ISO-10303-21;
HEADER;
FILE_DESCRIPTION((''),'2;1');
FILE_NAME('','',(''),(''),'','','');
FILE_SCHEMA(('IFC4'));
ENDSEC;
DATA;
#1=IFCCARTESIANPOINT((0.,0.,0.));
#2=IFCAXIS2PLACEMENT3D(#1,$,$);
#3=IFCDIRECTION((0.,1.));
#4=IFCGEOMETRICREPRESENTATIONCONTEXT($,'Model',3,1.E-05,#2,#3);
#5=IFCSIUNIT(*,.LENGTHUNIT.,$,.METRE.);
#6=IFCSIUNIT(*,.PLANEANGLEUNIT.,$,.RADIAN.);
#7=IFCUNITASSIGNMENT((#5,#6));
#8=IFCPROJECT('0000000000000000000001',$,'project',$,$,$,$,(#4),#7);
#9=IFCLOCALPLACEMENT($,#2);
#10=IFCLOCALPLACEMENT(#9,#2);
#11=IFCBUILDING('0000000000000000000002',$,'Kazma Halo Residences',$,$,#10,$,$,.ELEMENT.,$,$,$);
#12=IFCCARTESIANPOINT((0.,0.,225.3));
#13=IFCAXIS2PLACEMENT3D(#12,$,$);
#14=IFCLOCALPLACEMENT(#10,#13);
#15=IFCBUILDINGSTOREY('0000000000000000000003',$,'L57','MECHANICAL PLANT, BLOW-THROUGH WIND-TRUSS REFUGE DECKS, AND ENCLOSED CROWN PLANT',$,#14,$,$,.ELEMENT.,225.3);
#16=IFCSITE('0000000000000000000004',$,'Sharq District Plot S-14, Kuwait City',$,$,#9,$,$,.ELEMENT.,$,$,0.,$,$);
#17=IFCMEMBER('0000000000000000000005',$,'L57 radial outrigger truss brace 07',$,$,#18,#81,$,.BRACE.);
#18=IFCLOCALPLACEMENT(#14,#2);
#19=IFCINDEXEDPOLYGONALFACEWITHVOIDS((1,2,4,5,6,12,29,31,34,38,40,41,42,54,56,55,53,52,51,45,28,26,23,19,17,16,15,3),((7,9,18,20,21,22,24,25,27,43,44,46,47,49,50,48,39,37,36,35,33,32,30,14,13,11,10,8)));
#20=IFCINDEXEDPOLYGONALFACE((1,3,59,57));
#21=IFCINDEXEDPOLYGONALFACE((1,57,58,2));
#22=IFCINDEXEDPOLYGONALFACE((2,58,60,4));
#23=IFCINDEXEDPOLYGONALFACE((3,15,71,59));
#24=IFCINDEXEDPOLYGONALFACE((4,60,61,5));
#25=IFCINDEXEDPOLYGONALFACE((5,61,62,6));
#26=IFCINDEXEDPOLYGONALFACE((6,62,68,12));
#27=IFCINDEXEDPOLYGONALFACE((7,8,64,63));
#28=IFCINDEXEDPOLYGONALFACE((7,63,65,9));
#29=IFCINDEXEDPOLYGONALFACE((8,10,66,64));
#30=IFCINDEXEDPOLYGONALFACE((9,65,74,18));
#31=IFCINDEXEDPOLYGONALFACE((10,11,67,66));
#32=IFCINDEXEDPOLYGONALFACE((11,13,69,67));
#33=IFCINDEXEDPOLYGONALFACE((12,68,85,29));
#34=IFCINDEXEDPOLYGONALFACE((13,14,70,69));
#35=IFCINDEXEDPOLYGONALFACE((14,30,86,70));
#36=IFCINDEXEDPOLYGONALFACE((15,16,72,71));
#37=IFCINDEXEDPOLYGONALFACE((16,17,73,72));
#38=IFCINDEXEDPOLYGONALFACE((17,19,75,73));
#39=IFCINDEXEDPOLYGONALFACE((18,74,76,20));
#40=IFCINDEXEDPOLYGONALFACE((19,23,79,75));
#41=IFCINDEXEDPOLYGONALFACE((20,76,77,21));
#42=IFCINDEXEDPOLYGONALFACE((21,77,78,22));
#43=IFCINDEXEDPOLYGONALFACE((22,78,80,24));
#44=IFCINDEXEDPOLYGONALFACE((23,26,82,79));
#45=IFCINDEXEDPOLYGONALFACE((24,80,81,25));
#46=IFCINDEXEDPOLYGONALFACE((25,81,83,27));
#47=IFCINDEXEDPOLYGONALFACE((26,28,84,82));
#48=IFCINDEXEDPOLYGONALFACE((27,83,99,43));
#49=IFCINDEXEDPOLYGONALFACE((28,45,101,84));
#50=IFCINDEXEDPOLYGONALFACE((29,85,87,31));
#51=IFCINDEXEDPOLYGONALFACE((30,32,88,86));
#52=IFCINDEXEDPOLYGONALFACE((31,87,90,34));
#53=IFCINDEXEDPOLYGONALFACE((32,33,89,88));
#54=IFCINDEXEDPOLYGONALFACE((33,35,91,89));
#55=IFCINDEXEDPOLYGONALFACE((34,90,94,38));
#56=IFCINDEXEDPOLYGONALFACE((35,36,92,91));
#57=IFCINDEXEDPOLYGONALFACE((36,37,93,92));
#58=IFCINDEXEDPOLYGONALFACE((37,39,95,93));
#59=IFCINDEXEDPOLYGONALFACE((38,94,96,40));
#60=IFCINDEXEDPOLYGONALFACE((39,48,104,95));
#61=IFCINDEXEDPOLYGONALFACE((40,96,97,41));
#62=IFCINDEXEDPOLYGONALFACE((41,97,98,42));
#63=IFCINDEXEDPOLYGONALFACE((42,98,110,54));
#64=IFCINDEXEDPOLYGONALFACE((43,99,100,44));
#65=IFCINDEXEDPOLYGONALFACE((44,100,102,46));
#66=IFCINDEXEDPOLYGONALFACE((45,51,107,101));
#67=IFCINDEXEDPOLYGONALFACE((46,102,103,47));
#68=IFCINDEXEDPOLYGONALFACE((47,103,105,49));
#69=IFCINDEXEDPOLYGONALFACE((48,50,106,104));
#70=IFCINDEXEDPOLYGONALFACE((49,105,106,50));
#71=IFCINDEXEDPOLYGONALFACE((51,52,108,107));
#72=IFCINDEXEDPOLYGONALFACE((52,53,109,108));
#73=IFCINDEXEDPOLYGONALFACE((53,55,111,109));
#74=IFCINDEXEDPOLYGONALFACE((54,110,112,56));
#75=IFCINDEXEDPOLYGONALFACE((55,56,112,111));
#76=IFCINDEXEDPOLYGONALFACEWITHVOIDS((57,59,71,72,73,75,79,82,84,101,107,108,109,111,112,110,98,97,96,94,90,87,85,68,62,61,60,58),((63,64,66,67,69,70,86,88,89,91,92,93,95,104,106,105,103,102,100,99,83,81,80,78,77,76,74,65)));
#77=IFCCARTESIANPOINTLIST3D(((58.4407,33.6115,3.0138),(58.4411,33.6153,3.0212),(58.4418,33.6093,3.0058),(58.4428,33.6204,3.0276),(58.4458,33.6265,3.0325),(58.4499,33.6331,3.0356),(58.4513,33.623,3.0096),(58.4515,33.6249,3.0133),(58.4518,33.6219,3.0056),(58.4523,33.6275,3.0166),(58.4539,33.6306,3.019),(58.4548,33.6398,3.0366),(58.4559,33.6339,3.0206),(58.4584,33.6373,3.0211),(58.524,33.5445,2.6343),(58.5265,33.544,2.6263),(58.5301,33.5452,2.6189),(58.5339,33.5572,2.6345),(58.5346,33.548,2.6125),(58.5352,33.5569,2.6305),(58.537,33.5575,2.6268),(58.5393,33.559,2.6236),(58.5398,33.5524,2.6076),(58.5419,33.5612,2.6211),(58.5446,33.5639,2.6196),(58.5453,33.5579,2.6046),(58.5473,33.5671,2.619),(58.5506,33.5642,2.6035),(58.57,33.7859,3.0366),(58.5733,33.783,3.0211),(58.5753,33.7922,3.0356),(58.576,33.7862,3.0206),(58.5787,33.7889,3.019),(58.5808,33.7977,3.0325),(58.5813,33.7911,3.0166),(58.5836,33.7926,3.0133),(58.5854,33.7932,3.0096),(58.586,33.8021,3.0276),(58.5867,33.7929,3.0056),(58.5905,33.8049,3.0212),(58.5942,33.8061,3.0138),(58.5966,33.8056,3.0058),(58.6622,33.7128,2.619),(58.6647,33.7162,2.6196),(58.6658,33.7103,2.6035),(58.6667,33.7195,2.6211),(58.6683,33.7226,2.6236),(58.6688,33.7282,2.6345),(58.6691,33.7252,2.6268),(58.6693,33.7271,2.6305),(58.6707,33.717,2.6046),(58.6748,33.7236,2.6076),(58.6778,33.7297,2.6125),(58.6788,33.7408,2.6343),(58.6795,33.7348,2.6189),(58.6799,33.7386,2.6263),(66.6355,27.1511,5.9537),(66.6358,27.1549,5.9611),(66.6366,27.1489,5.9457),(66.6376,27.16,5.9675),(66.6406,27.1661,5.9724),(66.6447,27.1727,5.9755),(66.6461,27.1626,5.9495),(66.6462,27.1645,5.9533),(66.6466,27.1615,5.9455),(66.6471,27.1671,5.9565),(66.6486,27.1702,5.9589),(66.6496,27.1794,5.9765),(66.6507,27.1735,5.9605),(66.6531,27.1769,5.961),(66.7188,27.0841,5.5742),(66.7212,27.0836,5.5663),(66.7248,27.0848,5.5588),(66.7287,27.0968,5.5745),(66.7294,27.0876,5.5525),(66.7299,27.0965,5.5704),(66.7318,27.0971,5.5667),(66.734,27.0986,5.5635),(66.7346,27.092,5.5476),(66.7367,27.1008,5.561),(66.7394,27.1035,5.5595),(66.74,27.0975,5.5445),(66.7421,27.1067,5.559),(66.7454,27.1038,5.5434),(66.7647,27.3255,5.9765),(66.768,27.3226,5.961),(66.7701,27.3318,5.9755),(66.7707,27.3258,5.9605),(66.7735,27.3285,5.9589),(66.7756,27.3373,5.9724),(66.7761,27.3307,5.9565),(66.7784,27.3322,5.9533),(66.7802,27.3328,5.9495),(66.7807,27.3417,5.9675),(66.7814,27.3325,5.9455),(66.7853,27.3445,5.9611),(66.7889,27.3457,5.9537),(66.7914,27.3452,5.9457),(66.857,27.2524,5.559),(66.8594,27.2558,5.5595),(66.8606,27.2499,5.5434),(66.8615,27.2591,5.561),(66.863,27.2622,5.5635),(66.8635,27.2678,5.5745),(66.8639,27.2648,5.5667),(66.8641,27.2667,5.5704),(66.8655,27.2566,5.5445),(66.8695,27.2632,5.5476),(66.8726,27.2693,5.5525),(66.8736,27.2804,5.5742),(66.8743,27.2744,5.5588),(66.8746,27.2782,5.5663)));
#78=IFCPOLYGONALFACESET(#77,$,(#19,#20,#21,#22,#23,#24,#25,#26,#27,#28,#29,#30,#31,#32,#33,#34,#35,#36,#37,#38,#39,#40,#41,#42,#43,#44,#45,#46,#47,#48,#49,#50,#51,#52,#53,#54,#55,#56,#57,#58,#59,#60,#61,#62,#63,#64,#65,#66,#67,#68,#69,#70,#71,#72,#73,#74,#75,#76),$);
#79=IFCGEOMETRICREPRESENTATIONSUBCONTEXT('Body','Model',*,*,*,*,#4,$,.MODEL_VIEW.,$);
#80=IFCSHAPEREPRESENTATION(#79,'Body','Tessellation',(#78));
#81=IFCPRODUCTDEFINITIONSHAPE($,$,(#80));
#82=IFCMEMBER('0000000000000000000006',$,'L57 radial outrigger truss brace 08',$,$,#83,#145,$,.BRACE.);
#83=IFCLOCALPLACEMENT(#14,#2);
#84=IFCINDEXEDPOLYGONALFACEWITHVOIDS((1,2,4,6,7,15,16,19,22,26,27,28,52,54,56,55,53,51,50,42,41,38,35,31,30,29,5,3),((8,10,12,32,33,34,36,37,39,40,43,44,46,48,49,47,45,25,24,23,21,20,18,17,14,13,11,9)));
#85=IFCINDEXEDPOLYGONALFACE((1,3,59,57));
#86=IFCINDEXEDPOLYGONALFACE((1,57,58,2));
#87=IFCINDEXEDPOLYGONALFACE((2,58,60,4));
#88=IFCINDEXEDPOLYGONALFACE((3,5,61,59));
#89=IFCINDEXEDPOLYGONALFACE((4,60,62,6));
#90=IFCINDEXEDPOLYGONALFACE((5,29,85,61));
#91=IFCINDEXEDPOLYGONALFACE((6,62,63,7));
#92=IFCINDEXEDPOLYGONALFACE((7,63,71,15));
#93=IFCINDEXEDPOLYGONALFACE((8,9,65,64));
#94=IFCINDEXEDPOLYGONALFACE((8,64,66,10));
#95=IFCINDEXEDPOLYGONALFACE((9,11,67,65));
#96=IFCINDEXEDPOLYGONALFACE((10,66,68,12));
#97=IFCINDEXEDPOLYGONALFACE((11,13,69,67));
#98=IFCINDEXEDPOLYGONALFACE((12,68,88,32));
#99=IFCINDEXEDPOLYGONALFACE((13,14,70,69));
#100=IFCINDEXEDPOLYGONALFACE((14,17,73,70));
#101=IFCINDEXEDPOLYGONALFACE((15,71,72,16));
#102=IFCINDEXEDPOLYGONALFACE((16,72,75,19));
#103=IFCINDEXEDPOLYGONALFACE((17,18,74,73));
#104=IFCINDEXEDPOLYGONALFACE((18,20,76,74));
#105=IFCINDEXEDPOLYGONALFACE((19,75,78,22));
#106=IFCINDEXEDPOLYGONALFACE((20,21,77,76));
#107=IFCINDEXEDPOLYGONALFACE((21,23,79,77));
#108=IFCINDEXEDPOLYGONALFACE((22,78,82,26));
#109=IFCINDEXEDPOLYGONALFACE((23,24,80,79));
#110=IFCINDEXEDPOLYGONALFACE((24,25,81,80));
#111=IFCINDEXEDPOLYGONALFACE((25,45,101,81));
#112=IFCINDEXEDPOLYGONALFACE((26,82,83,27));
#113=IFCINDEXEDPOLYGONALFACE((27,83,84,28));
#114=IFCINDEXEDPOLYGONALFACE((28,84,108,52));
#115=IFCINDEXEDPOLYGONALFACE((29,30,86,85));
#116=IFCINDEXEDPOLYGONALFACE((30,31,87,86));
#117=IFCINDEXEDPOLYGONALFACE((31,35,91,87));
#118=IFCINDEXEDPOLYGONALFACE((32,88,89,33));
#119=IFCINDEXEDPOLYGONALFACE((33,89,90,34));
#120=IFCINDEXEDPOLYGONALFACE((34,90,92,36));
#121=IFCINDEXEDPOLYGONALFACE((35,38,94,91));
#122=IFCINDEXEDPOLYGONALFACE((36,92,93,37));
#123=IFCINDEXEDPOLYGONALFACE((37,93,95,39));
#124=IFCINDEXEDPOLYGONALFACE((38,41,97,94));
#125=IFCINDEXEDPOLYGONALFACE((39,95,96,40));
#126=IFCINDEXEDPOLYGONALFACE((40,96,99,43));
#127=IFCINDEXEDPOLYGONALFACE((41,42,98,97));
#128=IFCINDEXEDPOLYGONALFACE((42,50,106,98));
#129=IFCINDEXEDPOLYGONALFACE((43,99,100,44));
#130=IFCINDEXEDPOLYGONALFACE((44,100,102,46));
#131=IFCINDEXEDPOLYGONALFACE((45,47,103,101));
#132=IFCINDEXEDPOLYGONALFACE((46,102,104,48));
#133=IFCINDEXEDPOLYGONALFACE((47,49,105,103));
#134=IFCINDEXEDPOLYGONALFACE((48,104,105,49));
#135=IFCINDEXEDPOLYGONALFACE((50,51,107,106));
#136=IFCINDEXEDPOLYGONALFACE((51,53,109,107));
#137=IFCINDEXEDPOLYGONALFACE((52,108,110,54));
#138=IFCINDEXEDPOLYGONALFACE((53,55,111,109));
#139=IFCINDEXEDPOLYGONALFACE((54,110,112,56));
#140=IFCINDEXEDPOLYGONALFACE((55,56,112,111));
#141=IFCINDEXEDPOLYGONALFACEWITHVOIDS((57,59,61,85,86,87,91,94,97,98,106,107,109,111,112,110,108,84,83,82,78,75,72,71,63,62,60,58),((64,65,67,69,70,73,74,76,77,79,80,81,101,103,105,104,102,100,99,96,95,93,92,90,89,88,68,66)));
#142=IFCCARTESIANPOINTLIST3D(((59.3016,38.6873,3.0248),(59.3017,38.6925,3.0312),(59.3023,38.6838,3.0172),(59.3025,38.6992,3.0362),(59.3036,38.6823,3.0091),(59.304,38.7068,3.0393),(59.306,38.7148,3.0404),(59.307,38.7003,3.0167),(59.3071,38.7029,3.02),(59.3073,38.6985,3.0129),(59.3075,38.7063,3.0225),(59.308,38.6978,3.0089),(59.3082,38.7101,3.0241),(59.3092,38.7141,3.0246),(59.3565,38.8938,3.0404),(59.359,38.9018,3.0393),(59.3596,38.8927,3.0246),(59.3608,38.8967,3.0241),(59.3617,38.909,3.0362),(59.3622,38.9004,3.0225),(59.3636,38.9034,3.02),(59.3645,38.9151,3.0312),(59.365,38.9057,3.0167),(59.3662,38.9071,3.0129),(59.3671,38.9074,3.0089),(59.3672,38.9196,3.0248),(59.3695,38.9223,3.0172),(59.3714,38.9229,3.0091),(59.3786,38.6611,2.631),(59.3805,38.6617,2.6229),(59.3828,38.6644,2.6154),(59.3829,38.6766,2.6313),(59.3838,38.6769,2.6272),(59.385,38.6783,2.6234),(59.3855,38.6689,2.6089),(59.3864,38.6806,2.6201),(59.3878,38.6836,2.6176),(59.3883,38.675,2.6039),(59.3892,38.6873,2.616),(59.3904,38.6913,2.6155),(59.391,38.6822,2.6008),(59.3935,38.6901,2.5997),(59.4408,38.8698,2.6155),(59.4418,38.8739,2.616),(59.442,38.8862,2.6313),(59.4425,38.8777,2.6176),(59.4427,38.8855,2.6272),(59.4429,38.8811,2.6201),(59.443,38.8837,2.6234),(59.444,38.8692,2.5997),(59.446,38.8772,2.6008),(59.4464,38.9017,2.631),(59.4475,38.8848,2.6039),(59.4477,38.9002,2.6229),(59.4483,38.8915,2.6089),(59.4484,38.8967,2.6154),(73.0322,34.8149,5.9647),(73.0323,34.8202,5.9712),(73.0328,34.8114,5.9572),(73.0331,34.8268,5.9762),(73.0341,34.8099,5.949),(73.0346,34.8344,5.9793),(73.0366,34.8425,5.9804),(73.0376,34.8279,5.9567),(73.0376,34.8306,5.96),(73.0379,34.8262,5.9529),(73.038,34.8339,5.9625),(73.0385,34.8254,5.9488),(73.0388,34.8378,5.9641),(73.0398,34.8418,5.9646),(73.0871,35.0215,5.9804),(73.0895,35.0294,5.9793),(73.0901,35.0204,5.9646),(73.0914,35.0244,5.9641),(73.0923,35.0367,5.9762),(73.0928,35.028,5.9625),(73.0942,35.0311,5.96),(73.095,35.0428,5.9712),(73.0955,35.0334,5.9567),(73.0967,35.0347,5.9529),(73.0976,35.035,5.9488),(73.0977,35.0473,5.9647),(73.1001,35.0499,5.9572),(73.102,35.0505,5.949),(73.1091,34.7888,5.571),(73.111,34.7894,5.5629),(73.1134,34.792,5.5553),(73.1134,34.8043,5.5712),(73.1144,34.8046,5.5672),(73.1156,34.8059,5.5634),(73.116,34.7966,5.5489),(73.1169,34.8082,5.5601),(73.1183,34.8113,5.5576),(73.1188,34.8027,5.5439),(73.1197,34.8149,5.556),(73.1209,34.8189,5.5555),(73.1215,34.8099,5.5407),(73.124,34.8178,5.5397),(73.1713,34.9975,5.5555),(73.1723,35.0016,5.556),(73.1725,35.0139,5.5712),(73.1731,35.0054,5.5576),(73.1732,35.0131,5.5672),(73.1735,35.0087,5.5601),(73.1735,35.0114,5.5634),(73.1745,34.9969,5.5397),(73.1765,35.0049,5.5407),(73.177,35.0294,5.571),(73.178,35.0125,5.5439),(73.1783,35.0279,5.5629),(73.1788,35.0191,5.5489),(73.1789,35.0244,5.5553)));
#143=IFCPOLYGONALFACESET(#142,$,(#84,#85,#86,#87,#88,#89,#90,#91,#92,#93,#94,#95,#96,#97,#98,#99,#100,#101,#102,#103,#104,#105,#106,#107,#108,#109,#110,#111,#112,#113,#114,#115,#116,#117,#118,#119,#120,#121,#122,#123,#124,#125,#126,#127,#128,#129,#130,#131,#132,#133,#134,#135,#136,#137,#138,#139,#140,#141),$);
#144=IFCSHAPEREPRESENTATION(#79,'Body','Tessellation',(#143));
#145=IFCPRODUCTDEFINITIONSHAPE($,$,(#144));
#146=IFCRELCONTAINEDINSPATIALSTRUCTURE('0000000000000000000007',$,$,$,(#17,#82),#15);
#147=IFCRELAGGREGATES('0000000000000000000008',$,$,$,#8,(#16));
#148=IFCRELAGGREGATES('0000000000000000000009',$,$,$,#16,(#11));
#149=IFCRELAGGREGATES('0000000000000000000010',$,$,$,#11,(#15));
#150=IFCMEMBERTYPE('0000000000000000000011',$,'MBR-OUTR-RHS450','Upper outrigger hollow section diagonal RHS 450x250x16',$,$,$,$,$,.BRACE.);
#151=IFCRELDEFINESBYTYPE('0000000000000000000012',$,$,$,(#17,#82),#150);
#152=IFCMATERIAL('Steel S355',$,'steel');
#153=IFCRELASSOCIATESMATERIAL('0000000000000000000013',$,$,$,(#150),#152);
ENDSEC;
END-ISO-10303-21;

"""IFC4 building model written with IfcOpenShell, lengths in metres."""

from ifc_helpers import new_model, si_unit, direction, frame, origin, origin_2d, place, context, subcontext, project, spatial, hollow_rectangle, extrude, material, material_profile, profile_set, type_object, element, save


model = new_model("IFC4")

# Units and contexts
model_context = context("Model", 3, precision=1e-05, world=origin(), true_north=direction((0.0, 1.0)))
body_context = subcontext(model_context, "Body", "Model", "MODEL_VIEW")
ifc_project = project(units=[si_unit("LENGTHUNIT", "METRE"), si_unit("PLANEANGLEUNIT", "RADIAN")], contexts=[model_context])

# Site, building, storey
site_placement = place(None, origin())
site = spatial("IfcSite", under=ifc_project, at=site_placement, Name="Sharq District Plot S-14, Kuwait City", CompositionType="ELEMENT", RefElevation=0.0)
building_placement = place(site_placement, origin())
building = spatial("IfcBuilding", under=site, at=building_placement, Name="Kazma Halo Residences", CompositionType="ELEMENT")
storey_placement = place(building_placement, frame((0.0, 0.0, 225.3)))
storey = spatial("IfcBuildingStorey", under=building, at=storey_placement, Name="L57", Description="MECHANICAL PLANT, BLOW-THROUGH WIND-TRUSS REFUGE DECKS, AND ENCLOSED CROWN PLANT", CompositionType="ELEMENT", Elevation=225.3)

# Shared definitions
ifc_material_1 = material(Name="Steel S355", Category="steel")

# Members
ifc_material_profile_1 = material_profile(ifc_material_1, hollow_rectangle(XDim=0.25, YDim=0.45, WallThickness=0.0161, InnerFilletRadius=0.0161, OuterFilletRadius=0.032, at=origin_2d()), Name="RHS450x250x16")
ifc_profile_set_1 = profile_set([ifc_material_profile_1], Name="Steel S355")
member_type_1 = type_object("IfcMemberType", Name="MBR-OUTR-RHS450", Description="Upper outrigger hollow section diagonal RHS 450x250x16", PredefinedType="BRACE", material=ifc_profile_set_1)
member_1_placement = place(storey_placement, frame((58.5603, 33.675, 2.8201), z_axis=(0.755883, -0.595906, 0.271177), x_axis=(0.619104, 0.785309, 0.0)))
element("IfcMember", 1, at=member_1_placement, inside=storey, type_object=member_type_1, Name="L57 radial outrigger truss brace 07", PredefinedType="BRACE", context=body_context, shape_type="SweptSolid", body=[
    extrude(hollow_rectangle(XDim=0.25, YDim=0.45, WallThickness=0.0161, InnerFilletRadius=0.0161, OuterFilletRadius=0.032, at=origin_2d()), origin(), (0.0, 0.0, 1.0), 10.8413),
])
member_2_placement = place(storey_placement, frame((59.375, 38.792, 2.8201), z_axis=(0.942648, -0.265849, 0.201838), x_axis=(0.271435, 0.962457, 0.0)))
element("IfcMember", 2, at=member_2_placement, inside=storey, type_object=member_type_1, Name="L57 radial outrigger truss brace 08", PredefinedType="BRACE", context=body_context, shape_type="SweptSolid", body=[
    extrude(hollow_rectangle(XDim=0.25, YDim=0.45, WallThickness=0.0161, InnerFilletRadius=0.0161, OuterFilletRadius=0.032, at=origin_2d()), origin(), (0.0, 0.0, 1.0), 14.5659),
])

save(model, "model.ifc")
